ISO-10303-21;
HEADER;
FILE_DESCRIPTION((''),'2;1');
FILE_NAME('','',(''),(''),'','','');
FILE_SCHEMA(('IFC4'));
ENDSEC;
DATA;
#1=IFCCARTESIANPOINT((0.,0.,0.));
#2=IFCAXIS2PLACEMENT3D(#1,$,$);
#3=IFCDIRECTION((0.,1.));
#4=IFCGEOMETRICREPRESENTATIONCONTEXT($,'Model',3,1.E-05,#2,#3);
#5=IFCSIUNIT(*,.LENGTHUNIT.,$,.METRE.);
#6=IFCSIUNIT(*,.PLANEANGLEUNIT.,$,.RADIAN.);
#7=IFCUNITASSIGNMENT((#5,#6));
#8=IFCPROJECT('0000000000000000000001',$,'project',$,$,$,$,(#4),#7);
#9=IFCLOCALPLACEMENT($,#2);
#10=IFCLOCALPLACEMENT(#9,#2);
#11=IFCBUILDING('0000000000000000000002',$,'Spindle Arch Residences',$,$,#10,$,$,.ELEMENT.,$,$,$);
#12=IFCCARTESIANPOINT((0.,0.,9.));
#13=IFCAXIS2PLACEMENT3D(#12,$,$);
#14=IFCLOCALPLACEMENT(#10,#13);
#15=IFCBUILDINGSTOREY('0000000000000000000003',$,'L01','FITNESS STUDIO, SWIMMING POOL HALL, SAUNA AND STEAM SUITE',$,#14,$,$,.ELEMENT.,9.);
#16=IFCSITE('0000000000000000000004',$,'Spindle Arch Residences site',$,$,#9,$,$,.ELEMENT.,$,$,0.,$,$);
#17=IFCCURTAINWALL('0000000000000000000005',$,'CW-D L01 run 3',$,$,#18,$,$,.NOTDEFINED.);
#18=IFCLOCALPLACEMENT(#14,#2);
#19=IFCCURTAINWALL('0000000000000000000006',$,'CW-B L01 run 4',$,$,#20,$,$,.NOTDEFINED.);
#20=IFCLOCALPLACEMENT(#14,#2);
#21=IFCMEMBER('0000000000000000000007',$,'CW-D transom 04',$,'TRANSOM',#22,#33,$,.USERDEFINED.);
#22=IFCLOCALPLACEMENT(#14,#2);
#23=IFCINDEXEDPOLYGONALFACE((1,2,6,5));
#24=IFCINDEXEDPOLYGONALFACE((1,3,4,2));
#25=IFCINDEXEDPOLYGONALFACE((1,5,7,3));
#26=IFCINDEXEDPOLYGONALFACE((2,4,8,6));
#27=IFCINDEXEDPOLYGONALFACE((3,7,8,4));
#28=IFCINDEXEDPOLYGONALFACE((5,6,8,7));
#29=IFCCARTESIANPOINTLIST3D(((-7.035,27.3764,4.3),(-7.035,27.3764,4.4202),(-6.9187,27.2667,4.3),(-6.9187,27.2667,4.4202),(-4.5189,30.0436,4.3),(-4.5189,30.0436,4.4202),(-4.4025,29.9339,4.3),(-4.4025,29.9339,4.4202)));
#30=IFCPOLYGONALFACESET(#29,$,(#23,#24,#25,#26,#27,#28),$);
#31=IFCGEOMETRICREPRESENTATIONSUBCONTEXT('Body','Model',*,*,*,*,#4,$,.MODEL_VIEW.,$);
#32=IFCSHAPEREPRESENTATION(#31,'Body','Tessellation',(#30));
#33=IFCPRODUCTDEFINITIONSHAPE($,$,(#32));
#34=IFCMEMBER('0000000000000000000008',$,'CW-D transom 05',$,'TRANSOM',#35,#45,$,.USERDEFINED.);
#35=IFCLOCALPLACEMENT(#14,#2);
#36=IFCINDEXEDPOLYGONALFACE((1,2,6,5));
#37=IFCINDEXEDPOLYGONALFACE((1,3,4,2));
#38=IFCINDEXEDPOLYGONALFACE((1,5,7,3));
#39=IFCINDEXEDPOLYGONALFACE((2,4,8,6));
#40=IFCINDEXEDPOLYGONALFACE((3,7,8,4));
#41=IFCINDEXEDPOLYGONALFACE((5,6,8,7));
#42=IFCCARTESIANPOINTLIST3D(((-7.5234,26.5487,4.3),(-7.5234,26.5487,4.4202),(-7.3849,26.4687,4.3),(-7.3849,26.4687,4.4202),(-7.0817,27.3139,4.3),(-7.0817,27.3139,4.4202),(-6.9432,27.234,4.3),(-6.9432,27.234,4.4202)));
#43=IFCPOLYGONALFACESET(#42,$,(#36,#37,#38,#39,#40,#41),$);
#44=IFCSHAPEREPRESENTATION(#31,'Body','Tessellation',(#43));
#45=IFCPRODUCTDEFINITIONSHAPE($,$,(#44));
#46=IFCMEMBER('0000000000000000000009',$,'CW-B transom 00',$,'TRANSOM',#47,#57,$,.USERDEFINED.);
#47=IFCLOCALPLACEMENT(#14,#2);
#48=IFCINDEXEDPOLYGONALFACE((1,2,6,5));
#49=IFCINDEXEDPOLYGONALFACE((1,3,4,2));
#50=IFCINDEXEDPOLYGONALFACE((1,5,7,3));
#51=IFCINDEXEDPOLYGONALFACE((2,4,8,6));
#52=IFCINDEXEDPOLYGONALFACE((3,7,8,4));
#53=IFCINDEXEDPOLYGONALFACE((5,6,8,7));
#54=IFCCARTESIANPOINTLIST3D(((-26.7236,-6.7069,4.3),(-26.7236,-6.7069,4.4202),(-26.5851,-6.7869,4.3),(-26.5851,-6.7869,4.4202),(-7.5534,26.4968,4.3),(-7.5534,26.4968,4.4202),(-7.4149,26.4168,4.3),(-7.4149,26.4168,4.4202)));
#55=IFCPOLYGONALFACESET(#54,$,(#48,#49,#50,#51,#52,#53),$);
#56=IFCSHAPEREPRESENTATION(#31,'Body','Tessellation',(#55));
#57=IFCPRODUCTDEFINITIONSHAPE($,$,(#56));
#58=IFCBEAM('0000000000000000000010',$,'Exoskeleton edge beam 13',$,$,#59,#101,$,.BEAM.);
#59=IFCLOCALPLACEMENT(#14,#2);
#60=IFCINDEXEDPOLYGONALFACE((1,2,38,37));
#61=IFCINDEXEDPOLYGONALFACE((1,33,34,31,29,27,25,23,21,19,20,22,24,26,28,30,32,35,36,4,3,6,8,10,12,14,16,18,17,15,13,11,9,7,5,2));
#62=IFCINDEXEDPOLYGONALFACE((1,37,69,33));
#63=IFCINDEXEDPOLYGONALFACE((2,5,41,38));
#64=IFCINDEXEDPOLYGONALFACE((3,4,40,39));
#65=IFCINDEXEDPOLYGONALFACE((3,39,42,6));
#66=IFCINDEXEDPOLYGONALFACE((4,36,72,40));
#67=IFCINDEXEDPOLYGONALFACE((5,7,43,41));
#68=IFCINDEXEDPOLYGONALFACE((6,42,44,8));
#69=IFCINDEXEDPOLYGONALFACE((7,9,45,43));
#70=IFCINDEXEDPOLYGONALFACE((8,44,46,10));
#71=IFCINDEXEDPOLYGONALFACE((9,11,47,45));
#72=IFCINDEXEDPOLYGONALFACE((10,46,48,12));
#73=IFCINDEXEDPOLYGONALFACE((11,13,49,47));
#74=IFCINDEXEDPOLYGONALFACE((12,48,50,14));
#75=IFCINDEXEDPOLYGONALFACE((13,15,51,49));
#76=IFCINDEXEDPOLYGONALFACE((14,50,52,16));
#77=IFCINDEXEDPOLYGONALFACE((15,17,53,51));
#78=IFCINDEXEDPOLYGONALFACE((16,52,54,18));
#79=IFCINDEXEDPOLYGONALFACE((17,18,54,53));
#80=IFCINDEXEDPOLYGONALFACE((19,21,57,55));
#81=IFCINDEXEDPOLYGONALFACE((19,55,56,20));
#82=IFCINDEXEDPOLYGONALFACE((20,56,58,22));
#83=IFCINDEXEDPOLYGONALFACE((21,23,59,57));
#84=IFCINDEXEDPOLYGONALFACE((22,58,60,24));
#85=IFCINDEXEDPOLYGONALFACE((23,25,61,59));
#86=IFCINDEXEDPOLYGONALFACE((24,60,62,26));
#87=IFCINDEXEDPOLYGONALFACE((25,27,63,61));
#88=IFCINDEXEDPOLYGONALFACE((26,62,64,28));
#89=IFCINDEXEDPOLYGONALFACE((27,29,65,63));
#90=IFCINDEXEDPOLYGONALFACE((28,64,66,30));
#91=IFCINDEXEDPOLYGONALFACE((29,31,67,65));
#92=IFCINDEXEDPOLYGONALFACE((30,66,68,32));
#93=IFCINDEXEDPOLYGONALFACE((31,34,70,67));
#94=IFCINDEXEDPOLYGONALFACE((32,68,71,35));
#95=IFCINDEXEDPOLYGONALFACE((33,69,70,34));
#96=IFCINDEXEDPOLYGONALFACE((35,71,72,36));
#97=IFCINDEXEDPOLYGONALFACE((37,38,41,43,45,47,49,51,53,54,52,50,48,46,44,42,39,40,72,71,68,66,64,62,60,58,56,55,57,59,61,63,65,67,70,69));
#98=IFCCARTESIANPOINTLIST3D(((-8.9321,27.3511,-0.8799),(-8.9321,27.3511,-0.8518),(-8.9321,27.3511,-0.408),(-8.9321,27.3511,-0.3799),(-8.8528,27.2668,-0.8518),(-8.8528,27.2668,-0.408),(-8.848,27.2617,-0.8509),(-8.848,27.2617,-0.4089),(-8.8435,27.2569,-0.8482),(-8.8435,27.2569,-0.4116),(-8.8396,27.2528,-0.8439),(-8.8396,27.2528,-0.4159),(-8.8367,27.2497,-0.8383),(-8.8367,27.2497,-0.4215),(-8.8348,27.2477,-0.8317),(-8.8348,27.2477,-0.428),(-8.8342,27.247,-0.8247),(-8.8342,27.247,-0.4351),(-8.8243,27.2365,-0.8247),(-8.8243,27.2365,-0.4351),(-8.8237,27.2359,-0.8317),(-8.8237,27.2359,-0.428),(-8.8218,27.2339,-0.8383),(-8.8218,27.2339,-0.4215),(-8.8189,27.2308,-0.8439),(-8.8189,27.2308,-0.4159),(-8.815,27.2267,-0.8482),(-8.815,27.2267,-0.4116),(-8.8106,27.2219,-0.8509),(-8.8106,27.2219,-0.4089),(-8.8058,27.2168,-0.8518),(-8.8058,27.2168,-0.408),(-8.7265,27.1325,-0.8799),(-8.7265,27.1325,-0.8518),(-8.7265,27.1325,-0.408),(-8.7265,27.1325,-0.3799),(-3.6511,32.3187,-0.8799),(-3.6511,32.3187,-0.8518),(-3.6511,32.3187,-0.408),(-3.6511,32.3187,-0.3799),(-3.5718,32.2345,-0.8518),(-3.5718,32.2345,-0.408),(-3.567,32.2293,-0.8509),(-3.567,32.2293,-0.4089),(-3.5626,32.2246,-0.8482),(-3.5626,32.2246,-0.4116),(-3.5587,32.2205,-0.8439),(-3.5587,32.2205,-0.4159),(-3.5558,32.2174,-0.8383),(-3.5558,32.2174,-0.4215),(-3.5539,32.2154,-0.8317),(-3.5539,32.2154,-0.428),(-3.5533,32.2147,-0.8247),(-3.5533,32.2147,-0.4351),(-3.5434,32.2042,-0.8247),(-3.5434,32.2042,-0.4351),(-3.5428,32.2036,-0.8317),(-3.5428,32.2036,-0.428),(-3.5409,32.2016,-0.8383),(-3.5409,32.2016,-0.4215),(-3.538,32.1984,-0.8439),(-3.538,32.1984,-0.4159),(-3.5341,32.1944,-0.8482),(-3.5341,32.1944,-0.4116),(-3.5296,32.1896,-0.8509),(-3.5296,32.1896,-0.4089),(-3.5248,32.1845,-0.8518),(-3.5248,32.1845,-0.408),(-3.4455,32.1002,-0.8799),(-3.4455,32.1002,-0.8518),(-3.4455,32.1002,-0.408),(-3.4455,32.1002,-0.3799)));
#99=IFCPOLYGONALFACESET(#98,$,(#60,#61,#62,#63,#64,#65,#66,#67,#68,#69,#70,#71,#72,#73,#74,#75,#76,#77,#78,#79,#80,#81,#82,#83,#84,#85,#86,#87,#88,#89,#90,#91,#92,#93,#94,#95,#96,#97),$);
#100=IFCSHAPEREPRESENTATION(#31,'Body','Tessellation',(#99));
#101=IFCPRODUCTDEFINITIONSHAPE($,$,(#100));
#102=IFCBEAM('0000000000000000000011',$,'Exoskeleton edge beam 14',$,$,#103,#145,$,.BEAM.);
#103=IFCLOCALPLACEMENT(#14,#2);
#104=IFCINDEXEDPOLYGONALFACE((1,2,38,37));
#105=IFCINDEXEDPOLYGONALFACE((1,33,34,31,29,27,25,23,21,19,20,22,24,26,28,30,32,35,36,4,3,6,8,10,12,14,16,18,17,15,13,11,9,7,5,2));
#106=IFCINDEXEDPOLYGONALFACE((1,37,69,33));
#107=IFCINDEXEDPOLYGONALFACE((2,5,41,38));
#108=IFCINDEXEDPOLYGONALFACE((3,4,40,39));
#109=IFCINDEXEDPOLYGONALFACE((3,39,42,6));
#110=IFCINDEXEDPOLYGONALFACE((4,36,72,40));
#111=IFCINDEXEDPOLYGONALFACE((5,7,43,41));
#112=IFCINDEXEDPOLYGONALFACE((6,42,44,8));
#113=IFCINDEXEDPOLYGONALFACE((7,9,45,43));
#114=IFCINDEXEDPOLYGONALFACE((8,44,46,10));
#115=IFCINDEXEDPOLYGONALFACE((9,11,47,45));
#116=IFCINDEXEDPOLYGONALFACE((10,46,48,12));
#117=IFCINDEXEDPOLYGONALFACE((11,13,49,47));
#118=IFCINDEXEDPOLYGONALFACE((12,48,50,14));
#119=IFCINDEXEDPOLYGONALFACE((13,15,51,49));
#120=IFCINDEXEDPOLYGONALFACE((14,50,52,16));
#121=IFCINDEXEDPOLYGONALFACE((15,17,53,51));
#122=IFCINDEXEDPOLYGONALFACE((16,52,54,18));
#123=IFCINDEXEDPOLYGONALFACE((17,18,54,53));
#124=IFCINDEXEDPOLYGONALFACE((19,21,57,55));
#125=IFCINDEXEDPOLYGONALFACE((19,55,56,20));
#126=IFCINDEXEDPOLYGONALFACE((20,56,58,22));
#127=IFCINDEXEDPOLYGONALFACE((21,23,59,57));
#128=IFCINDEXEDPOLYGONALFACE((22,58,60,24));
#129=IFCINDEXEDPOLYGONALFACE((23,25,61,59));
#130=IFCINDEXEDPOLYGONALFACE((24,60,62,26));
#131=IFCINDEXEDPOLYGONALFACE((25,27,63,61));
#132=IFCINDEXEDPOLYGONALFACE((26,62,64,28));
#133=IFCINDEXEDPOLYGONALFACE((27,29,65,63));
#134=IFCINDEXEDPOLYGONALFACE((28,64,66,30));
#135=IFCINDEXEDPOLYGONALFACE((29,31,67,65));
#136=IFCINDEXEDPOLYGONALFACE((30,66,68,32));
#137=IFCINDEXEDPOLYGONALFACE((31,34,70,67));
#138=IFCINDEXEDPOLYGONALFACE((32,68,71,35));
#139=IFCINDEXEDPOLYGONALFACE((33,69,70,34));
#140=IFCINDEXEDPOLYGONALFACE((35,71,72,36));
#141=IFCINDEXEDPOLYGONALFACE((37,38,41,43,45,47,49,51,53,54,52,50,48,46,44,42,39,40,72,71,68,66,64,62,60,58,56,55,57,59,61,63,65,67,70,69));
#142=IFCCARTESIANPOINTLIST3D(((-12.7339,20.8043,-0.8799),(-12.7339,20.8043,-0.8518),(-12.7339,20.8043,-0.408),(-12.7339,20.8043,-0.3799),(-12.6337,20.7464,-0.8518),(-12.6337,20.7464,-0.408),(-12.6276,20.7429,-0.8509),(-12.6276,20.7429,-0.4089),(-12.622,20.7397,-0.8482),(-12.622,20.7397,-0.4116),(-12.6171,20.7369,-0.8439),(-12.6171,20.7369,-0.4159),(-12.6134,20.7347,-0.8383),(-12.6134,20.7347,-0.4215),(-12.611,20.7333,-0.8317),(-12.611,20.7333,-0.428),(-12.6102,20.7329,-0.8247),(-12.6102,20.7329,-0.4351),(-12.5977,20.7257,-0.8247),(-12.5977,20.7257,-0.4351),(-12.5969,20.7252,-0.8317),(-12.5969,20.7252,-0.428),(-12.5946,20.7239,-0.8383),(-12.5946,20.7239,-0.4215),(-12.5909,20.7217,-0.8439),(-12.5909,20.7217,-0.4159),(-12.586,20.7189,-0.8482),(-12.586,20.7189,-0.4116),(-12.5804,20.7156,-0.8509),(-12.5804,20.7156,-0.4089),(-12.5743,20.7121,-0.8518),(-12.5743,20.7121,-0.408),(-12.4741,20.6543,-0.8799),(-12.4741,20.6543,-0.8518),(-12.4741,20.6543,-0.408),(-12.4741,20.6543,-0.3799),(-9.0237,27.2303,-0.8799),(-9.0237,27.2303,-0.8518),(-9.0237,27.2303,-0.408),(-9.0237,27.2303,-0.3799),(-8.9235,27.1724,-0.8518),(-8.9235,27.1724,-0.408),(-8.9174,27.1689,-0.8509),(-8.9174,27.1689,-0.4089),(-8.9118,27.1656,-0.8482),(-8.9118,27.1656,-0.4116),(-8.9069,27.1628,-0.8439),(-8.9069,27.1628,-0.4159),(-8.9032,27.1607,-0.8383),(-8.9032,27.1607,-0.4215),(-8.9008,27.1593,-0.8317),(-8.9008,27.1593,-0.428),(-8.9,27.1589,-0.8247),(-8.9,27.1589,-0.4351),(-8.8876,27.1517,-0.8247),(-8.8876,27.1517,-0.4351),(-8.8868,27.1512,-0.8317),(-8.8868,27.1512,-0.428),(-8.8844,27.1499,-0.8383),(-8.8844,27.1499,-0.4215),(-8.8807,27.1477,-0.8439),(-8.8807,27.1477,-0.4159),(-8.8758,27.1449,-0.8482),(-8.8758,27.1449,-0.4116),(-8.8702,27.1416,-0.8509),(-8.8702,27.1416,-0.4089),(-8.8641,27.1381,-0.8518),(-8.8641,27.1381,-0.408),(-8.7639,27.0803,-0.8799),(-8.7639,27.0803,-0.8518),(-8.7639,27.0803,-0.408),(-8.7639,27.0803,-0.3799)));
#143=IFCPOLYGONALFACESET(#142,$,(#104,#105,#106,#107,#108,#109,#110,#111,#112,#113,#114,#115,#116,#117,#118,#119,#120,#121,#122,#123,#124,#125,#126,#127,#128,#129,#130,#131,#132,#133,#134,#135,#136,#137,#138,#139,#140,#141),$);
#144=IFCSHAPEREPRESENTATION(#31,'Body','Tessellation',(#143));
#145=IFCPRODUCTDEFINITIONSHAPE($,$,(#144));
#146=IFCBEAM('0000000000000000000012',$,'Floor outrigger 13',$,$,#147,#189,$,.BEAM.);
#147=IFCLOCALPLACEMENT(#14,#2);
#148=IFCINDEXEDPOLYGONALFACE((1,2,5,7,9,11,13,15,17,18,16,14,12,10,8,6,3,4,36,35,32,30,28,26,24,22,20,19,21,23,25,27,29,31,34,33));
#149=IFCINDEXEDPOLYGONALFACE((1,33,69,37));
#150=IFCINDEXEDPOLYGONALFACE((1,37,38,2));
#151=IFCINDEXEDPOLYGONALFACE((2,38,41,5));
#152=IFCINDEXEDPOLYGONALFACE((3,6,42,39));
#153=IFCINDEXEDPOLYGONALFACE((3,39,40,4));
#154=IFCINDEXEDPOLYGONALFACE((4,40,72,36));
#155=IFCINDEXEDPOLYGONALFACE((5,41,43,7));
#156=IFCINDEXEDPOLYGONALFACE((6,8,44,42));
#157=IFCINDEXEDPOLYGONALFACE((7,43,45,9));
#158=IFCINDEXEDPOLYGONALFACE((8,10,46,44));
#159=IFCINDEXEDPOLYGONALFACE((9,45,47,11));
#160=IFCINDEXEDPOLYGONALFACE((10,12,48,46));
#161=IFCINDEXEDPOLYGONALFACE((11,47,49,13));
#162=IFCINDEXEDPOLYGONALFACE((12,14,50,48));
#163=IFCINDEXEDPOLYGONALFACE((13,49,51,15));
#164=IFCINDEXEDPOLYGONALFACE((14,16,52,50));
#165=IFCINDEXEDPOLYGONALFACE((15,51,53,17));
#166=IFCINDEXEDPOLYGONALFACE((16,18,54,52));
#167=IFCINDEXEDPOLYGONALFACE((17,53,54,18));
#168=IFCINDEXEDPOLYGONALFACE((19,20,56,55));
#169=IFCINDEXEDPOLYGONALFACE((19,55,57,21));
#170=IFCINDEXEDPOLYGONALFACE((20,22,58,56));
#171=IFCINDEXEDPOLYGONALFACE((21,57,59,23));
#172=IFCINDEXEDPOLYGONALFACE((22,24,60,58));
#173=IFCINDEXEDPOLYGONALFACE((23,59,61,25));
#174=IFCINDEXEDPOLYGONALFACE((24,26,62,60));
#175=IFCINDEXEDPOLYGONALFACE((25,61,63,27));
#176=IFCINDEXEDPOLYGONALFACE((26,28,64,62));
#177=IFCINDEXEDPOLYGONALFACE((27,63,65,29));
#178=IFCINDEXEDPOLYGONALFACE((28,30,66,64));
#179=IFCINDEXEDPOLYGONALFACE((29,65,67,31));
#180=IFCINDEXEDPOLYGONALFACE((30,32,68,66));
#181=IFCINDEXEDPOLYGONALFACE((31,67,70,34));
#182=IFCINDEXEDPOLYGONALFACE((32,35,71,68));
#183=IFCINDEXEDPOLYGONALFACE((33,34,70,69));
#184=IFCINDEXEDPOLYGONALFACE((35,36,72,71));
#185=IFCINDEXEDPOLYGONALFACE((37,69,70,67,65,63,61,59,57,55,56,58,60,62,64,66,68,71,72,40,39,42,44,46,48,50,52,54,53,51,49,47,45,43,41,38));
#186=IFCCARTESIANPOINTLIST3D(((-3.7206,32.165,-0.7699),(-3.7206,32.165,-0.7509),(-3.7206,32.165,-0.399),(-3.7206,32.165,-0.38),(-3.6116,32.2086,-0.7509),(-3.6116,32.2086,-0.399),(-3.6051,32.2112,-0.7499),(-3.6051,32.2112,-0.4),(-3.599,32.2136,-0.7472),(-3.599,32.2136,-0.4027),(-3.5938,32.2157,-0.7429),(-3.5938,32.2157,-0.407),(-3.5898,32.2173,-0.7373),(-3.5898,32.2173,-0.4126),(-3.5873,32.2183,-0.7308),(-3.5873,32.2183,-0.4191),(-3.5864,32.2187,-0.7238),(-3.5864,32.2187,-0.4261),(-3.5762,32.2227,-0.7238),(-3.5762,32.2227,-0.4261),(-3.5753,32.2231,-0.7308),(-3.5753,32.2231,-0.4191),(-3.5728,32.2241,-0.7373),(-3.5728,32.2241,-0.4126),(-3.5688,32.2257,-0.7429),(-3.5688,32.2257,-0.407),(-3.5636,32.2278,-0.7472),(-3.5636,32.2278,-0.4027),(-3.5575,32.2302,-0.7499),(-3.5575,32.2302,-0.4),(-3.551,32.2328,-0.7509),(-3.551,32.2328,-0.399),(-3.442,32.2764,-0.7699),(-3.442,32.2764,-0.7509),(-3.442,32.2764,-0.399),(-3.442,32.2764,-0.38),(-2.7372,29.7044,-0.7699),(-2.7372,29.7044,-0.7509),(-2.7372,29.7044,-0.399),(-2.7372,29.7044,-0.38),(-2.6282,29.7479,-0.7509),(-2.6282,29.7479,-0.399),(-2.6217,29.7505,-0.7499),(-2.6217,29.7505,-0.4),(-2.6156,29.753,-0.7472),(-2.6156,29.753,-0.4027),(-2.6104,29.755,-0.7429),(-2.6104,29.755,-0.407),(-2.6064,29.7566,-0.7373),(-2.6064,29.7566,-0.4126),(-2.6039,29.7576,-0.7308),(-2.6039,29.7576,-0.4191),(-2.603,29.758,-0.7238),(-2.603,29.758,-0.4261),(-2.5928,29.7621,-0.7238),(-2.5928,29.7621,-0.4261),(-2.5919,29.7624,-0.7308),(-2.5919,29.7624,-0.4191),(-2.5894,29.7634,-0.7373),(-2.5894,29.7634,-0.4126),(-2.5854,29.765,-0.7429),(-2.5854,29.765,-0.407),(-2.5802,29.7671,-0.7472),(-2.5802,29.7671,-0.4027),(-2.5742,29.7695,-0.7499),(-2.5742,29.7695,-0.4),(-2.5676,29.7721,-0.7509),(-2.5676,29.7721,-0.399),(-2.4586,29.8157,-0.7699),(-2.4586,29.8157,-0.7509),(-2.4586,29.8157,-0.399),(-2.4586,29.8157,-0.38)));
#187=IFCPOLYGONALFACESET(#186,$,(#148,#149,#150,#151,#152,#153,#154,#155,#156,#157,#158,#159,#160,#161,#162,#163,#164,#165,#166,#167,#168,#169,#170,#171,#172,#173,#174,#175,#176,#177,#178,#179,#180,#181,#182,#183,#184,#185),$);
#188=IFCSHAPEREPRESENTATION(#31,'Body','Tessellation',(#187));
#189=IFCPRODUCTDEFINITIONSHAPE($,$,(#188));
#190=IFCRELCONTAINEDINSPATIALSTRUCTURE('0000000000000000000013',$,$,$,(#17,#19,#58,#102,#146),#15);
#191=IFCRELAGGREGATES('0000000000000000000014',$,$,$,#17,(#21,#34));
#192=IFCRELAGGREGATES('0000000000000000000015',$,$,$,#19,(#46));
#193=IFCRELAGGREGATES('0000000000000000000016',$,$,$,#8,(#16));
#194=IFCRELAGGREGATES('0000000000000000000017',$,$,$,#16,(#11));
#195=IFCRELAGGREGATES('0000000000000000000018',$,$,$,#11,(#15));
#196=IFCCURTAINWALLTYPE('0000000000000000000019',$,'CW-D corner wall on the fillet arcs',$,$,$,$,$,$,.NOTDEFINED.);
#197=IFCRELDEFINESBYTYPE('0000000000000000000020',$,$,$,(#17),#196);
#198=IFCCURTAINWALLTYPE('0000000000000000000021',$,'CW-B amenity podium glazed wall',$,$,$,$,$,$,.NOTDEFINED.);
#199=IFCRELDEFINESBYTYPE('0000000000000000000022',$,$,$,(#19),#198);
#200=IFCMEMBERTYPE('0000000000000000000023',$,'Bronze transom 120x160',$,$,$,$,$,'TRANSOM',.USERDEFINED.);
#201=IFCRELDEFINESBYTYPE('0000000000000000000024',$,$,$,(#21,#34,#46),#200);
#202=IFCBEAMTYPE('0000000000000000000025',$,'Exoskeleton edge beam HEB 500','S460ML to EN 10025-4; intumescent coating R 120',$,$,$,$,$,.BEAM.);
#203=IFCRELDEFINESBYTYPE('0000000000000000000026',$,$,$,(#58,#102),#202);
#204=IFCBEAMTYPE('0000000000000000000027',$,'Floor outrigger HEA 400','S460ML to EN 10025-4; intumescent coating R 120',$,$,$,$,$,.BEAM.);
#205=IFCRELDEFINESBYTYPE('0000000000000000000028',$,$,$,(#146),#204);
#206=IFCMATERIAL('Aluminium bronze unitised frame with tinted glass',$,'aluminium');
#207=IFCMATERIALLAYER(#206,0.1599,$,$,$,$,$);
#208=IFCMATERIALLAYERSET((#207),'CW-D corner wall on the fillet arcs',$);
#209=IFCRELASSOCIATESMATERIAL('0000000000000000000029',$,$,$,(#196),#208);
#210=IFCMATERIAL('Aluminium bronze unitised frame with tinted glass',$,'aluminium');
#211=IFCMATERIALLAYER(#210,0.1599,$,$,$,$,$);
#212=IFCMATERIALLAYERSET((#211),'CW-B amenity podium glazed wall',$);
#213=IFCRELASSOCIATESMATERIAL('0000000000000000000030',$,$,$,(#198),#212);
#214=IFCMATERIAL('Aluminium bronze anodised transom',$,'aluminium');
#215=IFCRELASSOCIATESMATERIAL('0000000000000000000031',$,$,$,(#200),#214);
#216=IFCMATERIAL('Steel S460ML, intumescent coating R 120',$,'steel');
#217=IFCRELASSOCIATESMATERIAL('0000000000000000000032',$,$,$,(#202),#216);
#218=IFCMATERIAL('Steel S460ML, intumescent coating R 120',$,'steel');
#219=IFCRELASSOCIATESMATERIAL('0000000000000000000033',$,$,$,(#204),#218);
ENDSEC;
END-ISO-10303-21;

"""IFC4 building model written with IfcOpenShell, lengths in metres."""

from ifc_helpers import new_model, si_unit, direction, frame, origin, origin_2d, place, context, subcontext, project, spatial, rectangle, i_section, extrude, material, layer, layer_set, material_profile, profile_set, type_object, element, aggregate, save


model = new_model("IFC4")

# Units and contexts
model_context = context("Model", 3, precision=1e-05, world=origin(), true_north=direction((0.0, 1.0)))
body_context = subcontext(model_context, "Body", "Model", "MODEL_VIEW")
ifc_project = project(units=[si_unit("LENGTHUNIT", "METRE"), si_unit("PLANEANGLEUNIT", "RADIAN")], contexts=[model_context])

# Site, building, storey
site_placement = place(None, origin())
site = spatial("IfcSite", under=ifc_project, at=site_placement, Name="Spindle Arch Residences site", CompositionType="ELEMENT", RefElevation=0.0)
building_placement = place(site_placement, origin())
building = spatial("IfcBuilding", under=site, at=building_placement, Name="Spindle Arch Residences", CompositionType="ELEMENT")
storey_placement = place(building_placement, frame((0.0, 0.0, 9.0)))
storey = spatial("IfcBuildingStorey", under=building, at=storey_placement, Name="L01", Description="FITNESS STUDIO, SWIMMING POOL HALL, SAUNA AND STEAM SUITE", CompositionType="ELEMENT", Elevation=9.0)

# Curtain wall
ifc_material_1 = material(Name="Aluminium bronze unitised frame with tinted glass", Category="aluminium")
ifc_layer_1 = layer(ifc_material_1, 0.1599)
ifc_layer_set_1 = layer_set([ifc_layer_1], Name="CW-D corner wall on the fillet arcs")
curtain_wall_type_1 = type_object("IfcCurtainWallType", Name="CW-D corner wall on the fillet arcs", PredefinedType="NOTDEFINED", material=ifc_layer_set_1)
curtain_wall_1_placement = place(storey_placement, origin())
curtain_wall_1 = element("IfcCurtainWall", 1, at=curtain_wall_1_placement, inside=storey, type_object=curtain_wall_type_1, Name="CW-D L01 run 3", PredefinedType="NOTDEFINED")

# Curtain wall
ifc_material_2 = material(Name="Aluminium bronze unitised frame with tinted glass", Category="aluminium")
ifc_layer_2 = layer(ifc_material_2, 0.1599)
ifc_layer_set_2 = layer_set([ifc_layer_2], Name="CW-B amenity podium glazed wall")
curtain_wall_type_2 = type_object("IfcCurtainWallType", Name="CW-B amenity podium glazed wall", PredefinedType="NOTDEFINED", material=ifc_layer_set_2)
curtain_wall_2_placement = place(storey_placement, origin())
curtain_wall_2 = element("IfcCurtainWall", 2, at=curtain_wall_2_placement, inside=storey, type_object=curtain_wall_type_2, Name="CW-B L01 run 4", PredefinedType="NOTDEFINED")

# Members
ifc_material_3 = material(Name="Aluminium bronze anodised transom", Category="aluminium")
ifc_material_profile_1 = material_profile(ifc_material_3, rectangle(XDim=0.1599, YDim=0.1201, at=origin_2d()), Name="TR 120x160")
ifc_profile_set_1 = profile_set([ifc_material_profile_1], Name="Aluminium bronze anodised transom")
member_type_1 = type_object("IfcMemberType", Name="Bronze transom 120x160", ElementType="TRANSOM", PredefinedType="USERDEFINED", material=ifc_profile_set_1)
member_1_placement = place(storey_placement, frame((-4.4607, 29.9888, 4.3601), z_axis=(-0.686199, -0.727414, 0.0), x_axis=(0.727414, -0.686199, 0.0)))
member_1 = element("IfcMember", 3, at=member_1_placement, type_object=member_type_1, Name="CW-D transom 04", ObjectType="TRANSOM", PredefinedType="USERDEFINED", context=body_context, shape_type="SweptSolid", body=[
    extrude(rectangle(XDim=0.1599, YDim=0.1201, at=origin_2d()), origin(), (0.0, 0.0, 1.0), 3.6667),
])
member_2_placement = place(storey_placement, frame((-7.0125, 27.2739, 4.3601), z_axis=(-0.499914, -0.866075, 0.0), x_axis=(0.866075, -0.499914, 0.0)))
member_2 = element("IfcMember", 4, at=member_2_placement, type_object=member_type_1, Name="CW-D transom 05", ObjectType="TRANSOM", PredefinedType="USERDEFINED", context=body_context, shape_type="SweptSolid", body=[
    extrude(rectangle(XDim=0.1599, YDim=0.1201, at=origin_2d()), origin(), (0.0, 0.0, 1.0), 0.8835),
])
member_3_placement = place(storey_placement, frame((-7.4841, 26.4568, 4.3601), z_axis=(-0.500001, -0.866025, 0.0), x_axis=(0.866025, -0.500001, 0.0)))
member_3 = element("IfcMember", 5, at=member_3_placement, type_object=member_type_1, Name="CW-B transom 00", ObjectType="TRANSOM", PredefinedType="USERDEFINED", context=body_context, shape_type="SweptSolid", body=[
    extrude(rectangle(XDim=0.1599, YDim=0.1201, at=origin_2d()), origin(), (0.0, 0.0, 1.0), 38.3403),
])

# Beams
ifc_material_4 = material(Name="Steel S460ML, intumescent coating R 120", Category="steel")
ifc_material_profile_2 = material_profile(ifc_material_4, i_section(OverallWidth=0.3, OverallDepth=0.5, WebThickness=0.0144, FlangeThickness=0.0281, FilletRadius=0.0271, at=origin_2d()), Name="HEB 500")
ifc_profile_set_2 = profile_set([ifc_material_profile_2], Name="Steel S460ML, intumescent coating R 120")
beam_type_1 = type_object("IfcBeamType", Name="Exoskeleton edge beam HEB 500", Description="S460ML to EN 10025-4; intumescent coating R 120", PredefinedType="BEAM", material=ifc_profile_set_2)
beam_1_placement = place(storey_placement, frame((-3.5483, 32.2095, -0.6299), z_axis=(-0.728378, -0.685176, 0.0), x_axis=(0.685176, -0.728378, 0.0)))
element("IfcBeam", 6, at=beam_1_placement, inside=storey, type_object=beam_type_1, Name="Exoskeleton edge beam 13", PredefinedType="BEAM", context=body_context, shape_type="SweptSolid", body=[
    extrude(i_section(OverallWidth=0.3, OverallDepth=0.5, WebThickness=0.0144, FlangeThickness=0.0281, FilletRadius=0.0271, at=origin_2d()), origin(), (0.0, 0.0, 1.0), 7.2502),
])
beam_2_placement = place(storey_placement, frame((-8.8938, 27.1553, -0.6299), z_axis=(-0.500014, -0.866017, 0.0), x_axis=(0.866017, -0.500014, 0.0)))
element("IfcBeam", 7, at=beam_2_placement, inside=storey, type_object=beam_type_1, Name="Exoskeleton edge beam 14", PredefinedType="BEAM", context=body_context, shape_type="SweptSolid", body=[
    extrude(i_section(OverallWidth=0.3, OverallDepth=0.5, WebThickness=0.0144, FlangeThickness=0.0281, FilletRadius=0.0271, at=origin_2d()), origin(), (0.0, 0.0, 1.0), 7.4202),
])
ifc_material_5 = material(Name="Steel S460ML, intumescent coating R 120", Category="steel")
ifc_material_profile_3 = material_profile(ifc_material_5, i_section(OverallWidth=0.3, OverallDepth=0.3899, WebThickness=0.011, FlangeThickness=0.019, FilletRadius=0.0271, at=origin_2d()), Name="HEA 400")
ifc_profile_set_3 = profile_set([ifc_material_profile_3], Name="Steel S460ML, intumescent coating R 120")
beam_type_2 = type_object("IfcBeamType", Name="Floor outrigger HEA 400", Description="S460ML to EN 10025-4; intumescent coating R 120", PredefinedType="BEAM", material=ifc_profile_set_3)
beam_3_placement = place(storey_placement, frame((-3.5813, 32.2207, -0.575), z_axis=(0.371105, -0.928591, 0.0), x_axis=(0.928591, 0.371105, 0.0)))
element("IfcBeam", 8, at=beam_3_placement, inside=storey, type_object=beam_type_2, Name="Floor outrigger 13", PredefinedType="BEAM", context=body_context, shape_type="SweptSolid", body=[
    extrude(i_section(OverallWidth=0.3, OverallDepth=0.3899, WebThickness=0.011, FlangeThickness=0.019, FilletRadius=0.0271, at=origin_2d()), origin(), (0.0, 0.0, 1.0), 2.6499),
])

aggregate(curtain_wall_1, [member_1, member_2])
aggregate(curtain_wall_2, [member_3])

save(model, "model.ifc")
